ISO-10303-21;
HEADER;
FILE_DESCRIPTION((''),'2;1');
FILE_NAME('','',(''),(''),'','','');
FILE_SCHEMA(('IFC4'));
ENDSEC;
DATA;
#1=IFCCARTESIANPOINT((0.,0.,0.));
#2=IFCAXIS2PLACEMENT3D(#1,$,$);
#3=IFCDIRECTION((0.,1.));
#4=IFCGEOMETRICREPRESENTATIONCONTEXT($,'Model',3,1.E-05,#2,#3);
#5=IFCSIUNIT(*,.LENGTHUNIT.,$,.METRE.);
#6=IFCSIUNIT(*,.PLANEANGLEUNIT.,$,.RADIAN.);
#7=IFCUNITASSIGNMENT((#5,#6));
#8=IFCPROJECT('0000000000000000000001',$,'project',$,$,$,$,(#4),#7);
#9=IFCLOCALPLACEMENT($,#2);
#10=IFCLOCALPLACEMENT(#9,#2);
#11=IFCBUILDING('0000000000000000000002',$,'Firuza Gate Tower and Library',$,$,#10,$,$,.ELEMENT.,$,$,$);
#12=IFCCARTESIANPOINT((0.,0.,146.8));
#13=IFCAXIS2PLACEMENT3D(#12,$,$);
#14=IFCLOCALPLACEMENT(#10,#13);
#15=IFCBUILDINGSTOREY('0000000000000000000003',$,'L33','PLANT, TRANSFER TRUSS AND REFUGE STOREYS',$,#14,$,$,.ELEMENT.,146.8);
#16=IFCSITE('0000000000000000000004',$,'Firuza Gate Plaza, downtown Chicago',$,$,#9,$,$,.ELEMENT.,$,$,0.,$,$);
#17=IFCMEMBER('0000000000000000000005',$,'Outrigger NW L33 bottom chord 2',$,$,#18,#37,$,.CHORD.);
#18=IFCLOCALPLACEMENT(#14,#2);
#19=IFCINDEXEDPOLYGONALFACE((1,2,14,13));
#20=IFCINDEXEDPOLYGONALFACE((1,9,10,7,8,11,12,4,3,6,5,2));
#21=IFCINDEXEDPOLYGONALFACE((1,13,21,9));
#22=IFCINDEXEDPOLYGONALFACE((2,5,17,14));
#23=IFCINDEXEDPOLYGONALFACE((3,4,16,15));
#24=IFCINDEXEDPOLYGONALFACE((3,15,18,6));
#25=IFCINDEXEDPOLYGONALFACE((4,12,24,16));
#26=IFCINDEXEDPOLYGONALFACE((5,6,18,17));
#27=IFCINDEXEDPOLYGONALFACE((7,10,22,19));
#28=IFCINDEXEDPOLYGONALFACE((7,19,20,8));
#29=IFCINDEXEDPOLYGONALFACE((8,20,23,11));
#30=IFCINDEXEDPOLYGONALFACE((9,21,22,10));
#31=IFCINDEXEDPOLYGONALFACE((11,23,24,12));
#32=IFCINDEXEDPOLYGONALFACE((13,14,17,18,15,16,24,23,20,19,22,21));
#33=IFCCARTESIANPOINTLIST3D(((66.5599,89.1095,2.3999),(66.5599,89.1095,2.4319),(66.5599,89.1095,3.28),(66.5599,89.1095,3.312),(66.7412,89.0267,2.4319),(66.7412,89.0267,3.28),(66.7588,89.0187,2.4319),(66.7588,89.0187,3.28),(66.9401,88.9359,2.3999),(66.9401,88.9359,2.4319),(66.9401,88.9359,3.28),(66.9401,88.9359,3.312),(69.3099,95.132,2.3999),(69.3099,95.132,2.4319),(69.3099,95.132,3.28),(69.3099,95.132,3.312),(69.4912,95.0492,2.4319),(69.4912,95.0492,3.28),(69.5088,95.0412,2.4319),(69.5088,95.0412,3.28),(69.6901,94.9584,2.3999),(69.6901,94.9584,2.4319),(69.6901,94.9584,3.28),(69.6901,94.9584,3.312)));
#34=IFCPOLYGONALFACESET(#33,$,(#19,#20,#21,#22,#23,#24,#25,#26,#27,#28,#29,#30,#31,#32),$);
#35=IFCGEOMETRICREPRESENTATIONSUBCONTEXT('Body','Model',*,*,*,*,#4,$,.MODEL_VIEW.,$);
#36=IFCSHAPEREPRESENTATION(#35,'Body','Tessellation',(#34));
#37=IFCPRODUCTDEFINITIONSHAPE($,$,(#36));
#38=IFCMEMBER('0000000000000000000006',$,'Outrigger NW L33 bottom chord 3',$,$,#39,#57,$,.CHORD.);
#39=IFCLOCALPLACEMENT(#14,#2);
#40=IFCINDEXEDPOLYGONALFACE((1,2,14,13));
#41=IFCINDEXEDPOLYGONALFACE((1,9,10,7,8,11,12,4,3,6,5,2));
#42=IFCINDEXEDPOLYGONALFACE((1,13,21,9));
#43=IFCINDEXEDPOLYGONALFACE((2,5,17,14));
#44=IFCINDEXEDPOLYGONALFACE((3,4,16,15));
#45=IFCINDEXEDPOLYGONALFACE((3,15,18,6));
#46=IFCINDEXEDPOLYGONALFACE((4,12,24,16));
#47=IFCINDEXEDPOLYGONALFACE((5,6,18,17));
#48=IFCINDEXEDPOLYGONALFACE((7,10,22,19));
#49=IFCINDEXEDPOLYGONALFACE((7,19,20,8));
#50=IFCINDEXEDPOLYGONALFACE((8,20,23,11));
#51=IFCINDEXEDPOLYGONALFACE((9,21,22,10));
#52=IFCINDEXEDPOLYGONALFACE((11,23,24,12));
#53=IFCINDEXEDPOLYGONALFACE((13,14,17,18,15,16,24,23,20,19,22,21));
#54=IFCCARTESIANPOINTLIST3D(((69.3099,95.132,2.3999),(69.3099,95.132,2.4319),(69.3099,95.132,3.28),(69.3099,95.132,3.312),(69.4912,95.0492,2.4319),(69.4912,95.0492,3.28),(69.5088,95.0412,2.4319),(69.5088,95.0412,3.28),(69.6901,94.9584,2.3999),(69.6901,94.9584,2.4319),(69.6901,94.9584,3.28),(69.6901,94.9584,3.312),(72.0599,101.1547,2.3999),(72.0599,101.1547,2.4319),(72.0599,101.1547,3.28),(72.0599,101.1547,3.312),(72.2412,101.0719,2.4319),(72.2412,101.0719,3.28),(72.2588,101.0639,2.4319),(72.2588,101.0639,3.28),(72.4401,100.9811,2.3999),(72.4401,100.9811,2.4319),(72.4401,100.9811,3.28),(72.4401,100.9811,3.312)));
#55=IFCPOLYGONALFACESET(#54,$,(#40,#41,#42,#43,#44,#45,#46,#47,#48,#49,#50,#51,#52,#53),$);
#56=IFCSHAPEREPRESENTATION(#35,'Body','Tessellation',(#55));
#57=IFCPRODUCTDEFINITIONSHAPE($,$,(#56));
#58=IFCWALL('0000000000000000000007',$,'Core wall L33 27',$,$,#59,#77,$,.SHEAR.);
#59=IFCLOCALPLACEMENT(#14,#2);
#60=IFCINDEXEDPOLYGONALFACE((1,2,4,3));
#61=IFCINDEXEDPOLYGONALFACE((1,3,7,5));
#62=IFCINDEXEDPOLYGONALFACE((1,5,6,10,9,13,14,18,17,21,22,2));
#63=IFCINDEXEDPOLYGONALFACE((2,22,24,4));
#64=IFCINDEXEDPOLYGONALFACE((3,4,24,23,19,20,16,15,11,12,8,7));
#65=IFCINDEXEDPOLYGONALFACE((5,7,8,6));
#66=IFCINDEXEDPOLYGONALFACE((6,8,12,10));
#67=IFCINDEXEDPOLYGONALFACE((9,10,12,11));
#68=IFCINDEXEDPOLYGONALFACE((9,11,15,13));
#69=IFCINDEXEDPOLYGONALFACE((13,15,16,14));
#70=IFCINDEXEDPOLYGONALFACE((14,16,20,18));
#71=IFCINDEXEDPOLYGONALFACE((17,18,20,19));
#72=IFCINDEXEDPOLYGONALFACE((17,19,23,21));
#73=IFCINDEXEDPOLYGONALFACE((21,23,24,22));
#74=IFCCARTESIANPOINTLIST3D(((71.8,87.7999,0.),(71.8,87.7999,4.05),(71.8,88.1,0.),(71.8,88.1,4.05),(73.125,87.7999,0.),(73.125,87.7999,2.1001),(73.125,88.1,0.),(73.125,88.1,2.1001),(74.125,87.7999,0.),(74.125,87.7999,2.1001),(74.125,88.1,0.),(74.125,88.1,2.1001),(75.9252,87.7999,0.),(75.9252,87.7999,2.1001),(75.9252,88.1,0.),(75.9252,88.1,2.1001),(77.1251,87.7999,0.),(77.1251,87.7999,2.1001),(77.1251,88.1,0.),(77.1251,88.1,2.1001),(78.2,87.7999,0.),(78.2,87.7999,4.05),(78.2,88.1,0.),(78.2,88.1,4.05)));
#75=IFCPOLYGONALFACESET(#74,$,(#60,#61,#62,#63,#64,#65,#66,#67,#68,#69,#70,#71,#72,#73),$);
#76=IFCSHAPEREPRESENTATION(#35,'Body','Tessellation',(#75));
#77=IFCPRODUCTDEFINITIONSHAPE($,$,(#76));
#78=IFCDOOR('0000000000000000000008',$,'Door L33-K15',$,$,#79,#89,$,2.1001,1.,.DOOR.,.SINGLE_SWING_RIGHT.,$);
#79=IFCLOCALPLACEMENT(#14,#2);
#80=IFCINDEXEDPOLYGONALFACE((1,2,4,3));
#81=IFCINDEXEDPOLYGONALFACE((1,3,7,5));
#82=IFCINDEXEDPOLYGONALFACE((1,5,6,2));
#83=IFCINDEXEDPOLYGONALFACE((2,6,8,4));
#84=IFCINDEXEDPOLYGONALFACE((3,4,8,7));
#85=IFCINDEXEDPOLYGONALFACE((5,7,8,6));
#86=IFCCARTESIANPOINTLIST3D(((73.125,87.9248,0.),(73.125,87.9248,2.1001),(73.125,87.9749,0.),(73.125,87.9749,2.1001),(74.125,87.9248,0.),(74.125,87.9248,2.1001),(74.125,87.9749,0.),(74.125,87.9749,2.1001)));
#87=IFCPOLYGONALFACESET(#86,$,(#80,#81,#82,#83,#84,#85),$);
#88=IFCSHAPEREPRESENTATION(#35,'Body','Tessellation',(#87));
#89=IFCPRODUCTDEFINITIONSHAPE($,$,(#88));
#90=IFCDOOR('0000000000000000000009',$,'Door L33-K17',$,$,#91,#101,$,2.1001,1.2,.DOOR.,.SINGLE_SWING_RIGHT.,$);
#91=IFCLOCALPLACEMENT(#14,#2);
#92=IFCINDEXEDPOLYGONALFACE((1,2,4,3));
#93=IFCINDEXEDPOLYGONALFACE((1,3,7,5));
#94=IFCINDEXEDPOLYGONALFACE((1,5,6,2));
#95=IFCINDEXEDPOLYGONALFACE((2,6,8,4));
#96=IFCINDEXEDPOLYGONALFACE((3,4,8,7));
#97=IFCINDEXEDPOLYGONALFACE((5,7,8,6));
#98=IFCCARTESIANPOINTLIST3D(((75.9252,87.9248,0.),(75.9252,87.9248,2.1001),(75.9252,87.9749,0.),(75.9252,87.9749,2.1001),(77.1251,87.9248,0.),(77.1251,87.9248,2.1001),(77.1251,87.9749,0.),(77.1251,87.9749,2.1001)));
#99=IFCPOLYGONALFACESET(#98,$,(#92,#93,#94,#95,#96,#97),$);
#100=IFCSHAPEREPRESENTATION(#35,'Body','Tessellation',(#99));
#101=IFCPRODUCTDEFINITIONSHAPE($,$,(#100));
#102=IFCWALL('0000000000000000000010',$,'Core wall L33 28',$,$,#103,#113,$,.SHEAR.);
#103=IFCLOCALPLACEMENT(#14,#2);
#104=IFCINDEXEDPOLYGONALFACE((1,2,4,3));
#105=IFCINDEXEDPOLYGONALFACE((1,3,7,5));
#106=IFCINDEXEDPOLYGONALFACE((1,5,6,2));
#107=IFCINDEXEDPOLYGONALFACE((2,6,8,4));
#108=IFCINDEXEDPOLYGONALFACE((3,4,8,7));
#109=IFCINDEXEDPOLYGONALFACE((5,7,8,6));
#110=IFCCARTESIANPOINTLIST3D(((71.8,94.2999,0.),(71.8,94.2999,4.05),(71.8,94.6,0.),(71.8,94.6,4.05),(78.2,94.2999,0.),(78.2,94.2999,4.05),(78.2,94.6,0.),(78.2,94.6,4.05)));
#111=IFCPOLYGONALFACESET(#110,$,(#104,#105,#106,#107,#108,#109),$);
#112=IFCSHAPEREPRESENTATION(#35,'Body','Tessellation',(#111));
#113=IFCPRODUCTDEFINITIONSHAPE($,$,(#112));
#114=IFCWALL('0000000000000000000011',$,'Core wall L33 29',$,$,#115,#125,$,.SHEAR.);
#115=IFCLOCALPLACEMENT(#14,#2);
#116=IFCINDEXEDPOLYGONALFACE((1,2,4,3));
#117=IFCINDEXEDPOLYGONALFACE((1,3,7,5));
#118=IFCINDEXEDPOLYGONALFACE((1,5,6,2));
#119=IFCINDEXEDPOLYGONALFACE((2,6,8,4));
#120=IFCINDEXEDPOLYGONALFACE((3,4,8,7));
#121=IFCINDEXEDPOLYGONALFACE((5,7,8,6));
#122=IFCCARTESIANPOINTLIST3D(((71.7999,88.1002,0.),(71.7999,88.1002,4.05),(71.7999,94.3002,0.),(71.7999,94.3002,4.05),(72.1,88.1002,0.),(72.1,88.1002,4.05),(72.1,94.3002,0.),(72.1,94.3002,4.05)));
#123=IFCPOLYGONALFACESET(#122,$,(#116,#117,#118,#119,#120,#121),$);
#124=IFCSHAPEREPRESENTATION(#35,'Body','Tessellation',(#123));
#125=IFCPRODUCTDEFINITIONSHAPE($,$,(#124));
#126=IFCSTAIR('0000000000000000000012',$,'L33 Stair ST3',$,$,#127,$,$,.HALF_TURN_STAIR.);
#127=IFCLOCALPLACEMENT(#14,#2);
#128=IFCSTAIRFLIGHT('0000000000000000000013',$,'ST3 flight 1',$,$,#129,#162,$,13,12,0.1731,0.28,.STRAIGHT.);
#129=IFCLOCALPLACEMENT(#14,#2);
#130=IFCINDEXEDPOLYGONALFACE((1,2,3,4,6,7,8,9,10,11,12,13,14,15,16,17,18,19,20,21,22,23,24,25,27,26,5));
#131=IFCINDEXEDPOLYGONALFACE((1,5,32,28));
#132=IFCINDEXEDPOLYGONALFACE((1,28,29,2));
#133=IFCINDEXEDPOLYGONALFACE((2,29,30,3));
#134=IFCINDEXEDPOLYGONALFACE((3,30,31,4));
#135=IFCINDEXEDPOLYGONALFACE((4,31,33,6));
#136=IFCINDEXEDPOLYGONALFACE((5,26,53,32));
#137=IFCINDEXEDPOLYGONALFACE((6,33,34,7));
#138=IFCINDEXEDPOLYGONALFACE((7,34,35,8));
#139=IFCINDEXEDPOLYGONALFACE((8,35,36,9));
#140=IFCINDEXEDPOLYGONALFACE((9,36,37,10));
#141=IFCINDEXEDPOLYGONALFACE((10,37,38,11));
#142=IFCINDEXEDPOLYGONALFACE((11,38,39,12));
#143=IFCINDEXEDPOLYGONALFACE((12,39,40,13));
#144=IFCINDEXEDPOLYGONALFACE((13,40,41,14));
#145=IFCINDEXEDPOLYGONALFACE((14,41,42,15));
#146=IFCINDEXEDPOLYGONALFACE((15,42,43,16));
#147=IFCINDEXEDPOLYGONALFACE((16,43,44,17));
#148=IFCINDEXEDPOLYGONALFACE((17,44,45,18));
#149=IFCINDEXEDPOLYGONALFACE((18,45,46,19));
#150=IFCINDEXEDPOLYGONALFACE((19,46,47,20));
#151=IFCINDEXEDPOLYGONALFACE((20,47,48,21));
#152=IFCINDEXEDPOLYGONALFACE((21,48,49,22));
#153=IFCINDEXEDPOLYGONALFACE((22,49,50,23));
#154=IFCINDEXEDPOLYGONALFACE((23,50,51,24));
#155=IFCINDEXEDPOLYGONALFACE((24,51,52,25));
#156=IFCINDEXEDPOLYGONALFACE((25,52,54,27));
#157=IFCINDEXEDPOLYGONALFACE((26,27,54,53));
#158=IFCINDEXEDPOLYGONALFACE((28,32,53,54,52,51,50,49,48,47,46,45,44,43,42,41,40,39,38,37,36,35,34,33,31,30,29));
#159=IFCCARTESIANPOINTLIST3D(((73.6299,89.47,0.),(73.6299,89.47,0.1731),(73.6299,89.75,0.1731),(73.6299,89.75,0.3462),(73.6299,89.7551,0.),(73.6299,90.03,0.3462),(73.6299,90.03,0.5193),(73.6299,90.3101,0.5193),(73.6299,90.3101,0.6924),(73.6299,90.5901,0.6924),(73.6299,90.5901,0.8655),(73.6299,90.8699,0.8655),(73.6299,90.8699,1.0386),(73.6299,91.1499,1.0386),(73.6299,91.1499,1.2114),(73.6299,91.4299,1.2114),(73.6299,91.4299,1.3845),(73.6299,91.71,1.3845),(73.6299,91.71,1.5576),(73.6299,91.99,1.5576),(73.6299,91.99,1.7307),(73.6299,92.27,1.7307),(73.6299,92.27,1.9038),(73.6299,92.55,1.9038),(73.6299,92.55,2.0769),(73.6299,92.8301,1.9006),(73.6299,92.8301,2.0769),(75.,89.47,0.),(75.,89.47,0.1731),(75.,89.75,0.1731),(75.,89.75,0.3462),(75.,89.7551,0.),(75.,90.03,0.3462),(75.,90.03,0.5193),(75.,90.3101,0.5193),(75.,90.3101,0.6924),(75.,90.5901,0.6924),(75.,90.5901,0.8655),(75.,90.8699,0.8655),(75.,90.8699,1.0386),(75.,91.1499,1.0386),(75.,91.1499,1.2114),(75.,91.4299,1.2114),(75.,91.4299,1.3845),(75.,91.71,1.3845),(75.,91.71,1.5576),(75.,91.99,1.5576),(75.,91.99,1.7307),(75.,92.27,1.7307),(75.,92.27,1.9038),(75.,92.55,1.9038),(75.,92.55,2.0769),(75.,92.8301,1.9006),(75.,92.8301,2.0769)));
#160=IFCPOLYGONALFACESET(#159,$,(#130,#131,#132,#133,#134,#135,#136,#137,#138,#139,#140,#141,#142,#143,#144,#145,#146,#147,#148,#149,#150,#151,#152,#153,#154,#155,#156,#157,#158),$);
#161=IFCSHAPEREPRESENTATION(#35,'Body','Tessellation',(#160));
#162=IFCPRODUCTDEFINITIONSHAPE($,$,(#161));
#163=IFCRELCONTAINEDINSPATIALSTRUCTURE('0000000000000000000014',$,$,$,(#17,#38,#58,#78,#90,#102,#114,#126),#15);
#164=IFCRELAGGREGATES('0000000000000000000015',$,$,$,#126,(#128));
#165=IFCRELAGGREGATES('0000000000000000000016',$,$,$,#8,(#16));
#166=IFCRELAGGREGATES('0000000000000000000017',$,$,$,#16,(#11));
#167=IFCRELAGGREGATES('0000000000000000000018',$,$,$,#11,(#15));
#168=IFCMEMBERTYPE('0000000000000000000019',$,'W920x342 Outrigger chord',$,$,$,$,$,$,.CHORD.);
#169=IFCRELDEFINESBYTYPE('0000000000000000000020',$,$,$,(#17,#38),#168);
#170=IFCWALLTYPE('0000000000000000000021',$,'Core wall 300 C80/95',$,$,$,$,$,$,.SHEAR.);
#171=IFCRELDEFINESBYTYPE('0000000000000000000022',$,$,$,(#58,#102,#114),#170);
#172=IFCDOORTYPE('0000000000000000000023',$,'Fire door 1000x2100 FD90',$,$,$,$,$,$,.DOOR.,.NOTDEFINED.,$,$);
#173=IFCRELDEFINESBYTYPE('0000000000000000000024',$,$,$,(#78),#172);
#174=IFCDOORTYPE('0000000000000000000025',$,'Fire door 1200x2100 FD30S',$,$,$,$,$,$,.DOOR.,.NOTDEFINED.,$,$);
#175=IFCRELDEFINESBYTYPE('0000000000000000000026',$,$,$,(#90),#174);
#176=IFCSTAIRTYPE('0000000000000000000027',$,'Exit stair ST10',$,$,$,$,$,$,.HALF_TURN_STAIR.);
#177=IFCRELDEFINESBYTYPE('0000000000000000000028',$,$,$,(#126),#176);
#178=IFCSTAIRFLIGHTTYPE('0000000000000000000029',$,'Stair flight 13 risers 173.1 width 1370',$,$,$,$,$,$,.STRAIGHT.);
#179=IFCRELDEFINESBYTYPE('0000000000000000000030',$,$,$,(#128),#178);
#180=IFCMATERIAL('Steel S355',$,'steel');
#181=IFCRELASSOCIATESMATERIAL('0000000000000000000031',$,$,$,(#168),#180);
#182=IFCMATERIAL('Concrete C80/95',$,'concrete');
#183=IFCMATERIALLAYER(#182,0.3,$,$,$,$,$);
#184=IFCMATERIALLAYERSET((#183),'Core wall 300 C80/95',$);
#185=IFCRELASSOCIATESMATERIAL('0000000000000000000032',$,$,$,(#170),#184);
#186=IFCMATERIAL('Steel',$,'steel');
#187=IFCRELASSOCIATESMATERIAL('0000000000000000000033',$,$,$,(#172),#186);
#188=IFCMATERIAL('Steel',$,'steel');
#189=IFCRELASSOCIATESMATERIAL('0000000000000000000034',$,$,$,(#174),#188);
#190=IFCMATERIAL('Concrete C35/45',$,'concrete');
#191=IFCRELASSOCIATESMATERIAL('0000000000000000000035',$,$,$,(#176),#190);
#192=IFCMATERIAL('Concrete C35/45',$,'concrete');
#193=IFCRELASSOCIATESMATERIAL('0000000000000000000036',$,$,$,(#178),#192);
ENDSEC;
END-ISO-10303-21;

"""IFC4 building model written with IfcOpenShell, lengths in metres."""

from ifc_helpers import new_model, si_unit, direction, frame, frame_2d, origin, origin_2d, place, context, subcontext, project, spatial, polyline, rectangle, i_section, outline, extrude, material, layer, layer_set, material_profile, profile_set, type_object, element, fill, aggregate, save


model = new_model("IFC4")

# Units and contexts
model_context = context("Model", 3, precision=1e-05, world=origin(), true_north=direction((0.0, 1.0)))
body_context = subcontext(model_context, "Body", "Model", "MODEL_VIEW")
ifc_project = project(units=[si_unit("LENGTHUNIT", "METRE"), si_unit("PLANEANGLEUNIT", "RADIAN")], contexts=[model_context])

# Site, building, storey
site_placement = place(None, origin())
site = spatial("IfcSite", under=ifc_project, at=site_placement, Name="Firuza Gate Plaza, downtown Chicago", CompositionType="ELEMENT", RefElevation=0.0)
building_placement = place(site_placement, origin())
building = spatial("IfcBuilding", under=site, at=building_placement, Name="Firuza Gate Tower and Library", CompositionType="ELEMENT")
storey_placement = place(building_placement, frame((0.0, 0.0, 146.8)))
storey = spatial("IfcBuildingStorey", under=building, at=storey_placement, Name="L33", Description="PLANT, TRANSFER TRUSS AND REFUGE STOREYS", CompositionType="ELEMENT", Elevation=146.8)

# Members
ifc_material_1 = material(Name="Steel S355", Category="steel")
ifc_material_profile_1 = material_profile(ifc_material_1, i_section(OverallWidth=0.418, OverallDepth=0.9121, WebThickness=0.0193, FlangeThickness=0.032, at=origin_2d()))
ifc_profile_set_1 = profile_set([ifc_material_profile_1], Name="Steel S355")
member_type_1 = type_object("IfcMemberType", Name="W920x342 Outrigger chord", PredefinedType="CHORD", material=ifc_profile_set_1)
member_1_placement = place(storey_placement, frame((66.75, 89.0227, 2.856), z_axis=(0.415369, 0.909653, 0.0), x_axis=(-0.909653, 0.415369, 0.0)))
element("IfcMember", 1, at=member_1_placement, inside=storey, type_object=member_type_1, Name="Outrigger NW L33 bottom chord 2", PredefinedType="CHORD", context=body_context, shape_type="SweptSolid", body=[
    extrude(i_section(OverallWidth=0.418, OverallDepth=0.9121, WebThickness=0.0193, FlangeThickness=0.032, at=origin_2d()), origin(), (0.0, 0.0, 1.0), 6.6206),
])
member_2_placement = place(storey_placement, frame((69.5, 95.0452, 2.856), z_axis=(0.415355, 0.909659, 0.0), x_axis=(-0.909659, 0.415355, 0.0)))
element("IfcMember", 2, at=member_2_placement, inside=storey, type_object=member_type_1, Name="Outrigger NW L33 bottom chord 3", PredefinedType="CHORD", context=body_context, shape_type="SweptSolid", body=[
    extrude(i_section(OverallWidth=0.418, OverallDepth=0.9121, WebThickness=0.0193, FlangeThickness=0.032, at=origin_2d()), origin(), (0.0, 0.0, 1.0), 6.6208),
])

# Wall, openings, doors
ifc_material_2 = material(Name="Concrete C80/95", Category="concrete")
ifc_layer = layer(ifc_material_2, 0.3)
ifc_layer_set = layer_set([ifc_layer], Name="Core wall 300 C80/95")
wall_type = type_object("IfcWallType", Name="Core wall 300 C80/95", PredefinedType="SHEAR", material=ifc_layer_set)
wall_1_placement = place(storey_placement, frame((71.8, 87.95, 0.0), z_axis=(0.0, 0.0, 1.0), x_axis=(1.0, 0.0, 0.0)))
wall_1 = element("IfcWall", 3, at=wall_1_placement, inside=storey, type_object=wall_type, Name="Core wall L33 27", PredefinedType="SHEAR", context=body_context, shape_type="SweptSolid", body=[
    extrude(rectangle(XDim=6.3999, YDim=0.3, at=frame_2d((3.2, 0.0))), origin(), (0.0, 0.0, 1.0), 4.05),
])
opening_1_placement = place(wall_1_placement, frame((1.325, 0.0, 0.0)))
opening_1 = element("IfcOpeningElement", 4, at=opening_1_placement, cuts=wall_1, PredefinedType="OPENING", context=body_context, shape_type="SweptSolid", body=[
    extrude(rectangle(XDim=1.0, YDim=2.1001, at=frame_2d((0.5, 1.05))), frame((0.0, 0.1602, 0.0), z_axis=(0.0, -1.0, 0.0), x_axis=(1.0, 0.0, 0.0)), (0.0, 0.0, 1.0), 0.3201),
])
opening_2_placement = place(wall_1_placement, frame((4.125, 0.0, 0.0)))
opening_2 = element("IfcOpeningElement", 5, at=opening_2_placement, cuts=wall_1, PredefinedType="OPENING", context=body_context, shape_type="SweptSolid", body=[
    extrude(rectangle(XDim=1.2, YDim=2.1001, at=frame_2d((0.6001, 1.05))), frame((0.0, 0.1602, 0.0), z_axis=(0.0, -1.0, 0.0), x_axis=(1.0, 0.0, 0.0)), (0.0, 0.0, 1.0), 0.3201),
])
ifc_material_3 = material(Name="Steel", Category="steel")
door_type_1 = type_object("IfcDoorType", Name="Fire door 1000x2100 FD90", OperationType="NOTDEFINED", PredefinedType="DOOR", material=ifc_material_3)
door_1_placement = place(opening_1_placement, origin())
door_1 = element("IfcDoor", 6, at=door_1_placement, inside=storey, type_object=door_type_1, Name="Door L33-K15", OperationType="SINGLE_SWING_RIGHT", OverallHeight=2.1001, OverallWidth=1.0, PredefinedType="DOOR", context=body_context, shape_type="SweptSolid", body=[
    extrude(rectangle(XDim=1.0, YDim=2.1001, at=frame_2d((0.5, 1.05))), frame((0.0, 0.0249, 0.0), z_axis=(0.0, -1.0, 0.0), x_axis=(1.0, 0.0, 0.0)), (0.0, 0.0, 1.0), 0.05),
])
fill(opening_1, door_1)
ifc_material_4 = material(Name="Steel", Category="steel")
door_type_2 = type_object("IfcDoorType", Name="Fire door 1200x2100 FD30S", OperationType="NOTDEFINED", PredefinedType="DOOR", material=ifc_material_4)
door_2_placement = place(opening_2_placement, origin())
door_2 = element("IfcDoor", 7, at=door_2_placement, inside=storey, type_object=door_type_2, Name="Door L33-K17", OperationType="SINGLE_SWING_RIGHT", OverallHeight=2.1001, OverallWidth=1.2, PredefinedType="DOOR", context=body_context, shape_type="SweptSolid", body=[
    extrude(rectangle(XDim=1.2, YDim=2.1001, at=frame_2d((0.6001, 1.05))), frame((0.0, 0.0249, 0.0), z_axis=(0.0, -1.0, 0.0), x_axis=(1.0, 0.0, 0.0)), (0.0, 0.0, 1.0), 0.05),
])
fill(opening_2, door_2)

# Walls
wall_2_placement = place(storey_placement, frame((71.8, 94.45, 0.0), z_axis=(0.0, 0.0, 1.0), x_axis=(1.0, 0.0, 0.0)))
element("IfcWall", 8, at=wall_2_placement, inside=storey, type_object=wall_type, Name="Core wall L33 28", PredefinedType="SHEAR", context=body_context, shape_type="SweptSolid", body=[
    extrude(rectangle(XDim=6.3999, YDim=0.3, at=frame_2d((3.2, 0.0))), origin(), (0.0, 0.0, 1.0), 4.05),
])
wall_3_placement = place(storey_placement, frame((71.95, 88.1001, 0.0), z_axis=(0.0, 0.0, 1.0), x_axis=(0.0, 1.0, 0.0)))
element("IfcWall", 9, at=wall_3_placement, inside=storey, type_object=wall_type, Name="Core wall L33 29", PredefinedType="SHEAR", context=body_context, shape_type="SweptSolid", body=[
    extrude(rectangle(XDim=6.2, YDim=0.3, at=frame_2d((3.1001, 0.0))), origin(), (0.0, 0.0, 1.0), 4.05),
])

# Stair, stair flight
ifc_material_5 = material(Name="Concrete C35/45", Category="concrete")
stair_type = type_object("IfcStairType", Name="Exit stair ST10", PredefinedType="HALF_TURN_STAIR", material=ifc_material_5)
stair_placement = place(storey_placement, origin())
stair = element("IfcStair", 10, at=stair_placement, inside=storey, type_object=stair_type, Name="L33 Stair ST3", PredefinedType="HALF_TURN_STAIR")
ifc_material_6 = material(Name="Concrete C35/45", Category="concrete")
stair_flight_type = type_object("IfcStairFlightType", Name="Stair flight 13 risers 173.1 width 1370", PredefinedType="STRAIGHT", material=ifc_material_6)
stair_flight_1_placement = place(storey_placement, frame((74.3149, 89.47, 0.0), z_axis=(0.0, 0.0, 1.0), x_axis=(0.0, 1.0, 0.0)))
stair_flight_1 = element("IfcStairFlight", 11, at=stair_flight_1_placement, type_object=stair_flight_type, Name="ST3 flight 1", NumberOfRisers=13, NumberOfTreads=12, PredefinedType="STRAIGHT", RiserHeight=0.1731, TreadLength=0.28, context=body_context, shape_type="SweptSolid", body=[
    extrude(outline(polyline([(0.0, 0.0), (0.0, 0.1731), (0.28, 0.1731), (0.28, 0.3462), (0.5601, 0.3462), (0.5601, 0.5193), (0.8401, 0.5193), (0.8401, 0.6924), (1.1201, 0.6924), (1.1201, 0.8655), (1.3999, 0.8655), (1.3999, 1.0386), (1.6799, 1.0386), (1.6799, 1.2114), (1.96, 1.2114), (1.96, 1.3845), (2.24, 1.3845), (2.24, 1.5576), (2.52, 1.5576), (2.52, 1.7307), (2.8, 1.7307), (2.8, 1.9038), (3.0801, 1.9038), (3.0801, 2.0769), (3.3601, 2.0769), (3.3601, 2.25), (3.3601, 1.9006), (0.2852, 0.0), (0.0, 0.0)])), frame((0.0, 0.6851, 0.0), z_axis=(0.0, -1.0, 0.0), x_axis=(1.0, 0.0, 0.0)), (0.0, 0.0, 1.0), 1.3701),
])
aggregate(stair, [stair_flight_1])

save(model, "model.ifc")
